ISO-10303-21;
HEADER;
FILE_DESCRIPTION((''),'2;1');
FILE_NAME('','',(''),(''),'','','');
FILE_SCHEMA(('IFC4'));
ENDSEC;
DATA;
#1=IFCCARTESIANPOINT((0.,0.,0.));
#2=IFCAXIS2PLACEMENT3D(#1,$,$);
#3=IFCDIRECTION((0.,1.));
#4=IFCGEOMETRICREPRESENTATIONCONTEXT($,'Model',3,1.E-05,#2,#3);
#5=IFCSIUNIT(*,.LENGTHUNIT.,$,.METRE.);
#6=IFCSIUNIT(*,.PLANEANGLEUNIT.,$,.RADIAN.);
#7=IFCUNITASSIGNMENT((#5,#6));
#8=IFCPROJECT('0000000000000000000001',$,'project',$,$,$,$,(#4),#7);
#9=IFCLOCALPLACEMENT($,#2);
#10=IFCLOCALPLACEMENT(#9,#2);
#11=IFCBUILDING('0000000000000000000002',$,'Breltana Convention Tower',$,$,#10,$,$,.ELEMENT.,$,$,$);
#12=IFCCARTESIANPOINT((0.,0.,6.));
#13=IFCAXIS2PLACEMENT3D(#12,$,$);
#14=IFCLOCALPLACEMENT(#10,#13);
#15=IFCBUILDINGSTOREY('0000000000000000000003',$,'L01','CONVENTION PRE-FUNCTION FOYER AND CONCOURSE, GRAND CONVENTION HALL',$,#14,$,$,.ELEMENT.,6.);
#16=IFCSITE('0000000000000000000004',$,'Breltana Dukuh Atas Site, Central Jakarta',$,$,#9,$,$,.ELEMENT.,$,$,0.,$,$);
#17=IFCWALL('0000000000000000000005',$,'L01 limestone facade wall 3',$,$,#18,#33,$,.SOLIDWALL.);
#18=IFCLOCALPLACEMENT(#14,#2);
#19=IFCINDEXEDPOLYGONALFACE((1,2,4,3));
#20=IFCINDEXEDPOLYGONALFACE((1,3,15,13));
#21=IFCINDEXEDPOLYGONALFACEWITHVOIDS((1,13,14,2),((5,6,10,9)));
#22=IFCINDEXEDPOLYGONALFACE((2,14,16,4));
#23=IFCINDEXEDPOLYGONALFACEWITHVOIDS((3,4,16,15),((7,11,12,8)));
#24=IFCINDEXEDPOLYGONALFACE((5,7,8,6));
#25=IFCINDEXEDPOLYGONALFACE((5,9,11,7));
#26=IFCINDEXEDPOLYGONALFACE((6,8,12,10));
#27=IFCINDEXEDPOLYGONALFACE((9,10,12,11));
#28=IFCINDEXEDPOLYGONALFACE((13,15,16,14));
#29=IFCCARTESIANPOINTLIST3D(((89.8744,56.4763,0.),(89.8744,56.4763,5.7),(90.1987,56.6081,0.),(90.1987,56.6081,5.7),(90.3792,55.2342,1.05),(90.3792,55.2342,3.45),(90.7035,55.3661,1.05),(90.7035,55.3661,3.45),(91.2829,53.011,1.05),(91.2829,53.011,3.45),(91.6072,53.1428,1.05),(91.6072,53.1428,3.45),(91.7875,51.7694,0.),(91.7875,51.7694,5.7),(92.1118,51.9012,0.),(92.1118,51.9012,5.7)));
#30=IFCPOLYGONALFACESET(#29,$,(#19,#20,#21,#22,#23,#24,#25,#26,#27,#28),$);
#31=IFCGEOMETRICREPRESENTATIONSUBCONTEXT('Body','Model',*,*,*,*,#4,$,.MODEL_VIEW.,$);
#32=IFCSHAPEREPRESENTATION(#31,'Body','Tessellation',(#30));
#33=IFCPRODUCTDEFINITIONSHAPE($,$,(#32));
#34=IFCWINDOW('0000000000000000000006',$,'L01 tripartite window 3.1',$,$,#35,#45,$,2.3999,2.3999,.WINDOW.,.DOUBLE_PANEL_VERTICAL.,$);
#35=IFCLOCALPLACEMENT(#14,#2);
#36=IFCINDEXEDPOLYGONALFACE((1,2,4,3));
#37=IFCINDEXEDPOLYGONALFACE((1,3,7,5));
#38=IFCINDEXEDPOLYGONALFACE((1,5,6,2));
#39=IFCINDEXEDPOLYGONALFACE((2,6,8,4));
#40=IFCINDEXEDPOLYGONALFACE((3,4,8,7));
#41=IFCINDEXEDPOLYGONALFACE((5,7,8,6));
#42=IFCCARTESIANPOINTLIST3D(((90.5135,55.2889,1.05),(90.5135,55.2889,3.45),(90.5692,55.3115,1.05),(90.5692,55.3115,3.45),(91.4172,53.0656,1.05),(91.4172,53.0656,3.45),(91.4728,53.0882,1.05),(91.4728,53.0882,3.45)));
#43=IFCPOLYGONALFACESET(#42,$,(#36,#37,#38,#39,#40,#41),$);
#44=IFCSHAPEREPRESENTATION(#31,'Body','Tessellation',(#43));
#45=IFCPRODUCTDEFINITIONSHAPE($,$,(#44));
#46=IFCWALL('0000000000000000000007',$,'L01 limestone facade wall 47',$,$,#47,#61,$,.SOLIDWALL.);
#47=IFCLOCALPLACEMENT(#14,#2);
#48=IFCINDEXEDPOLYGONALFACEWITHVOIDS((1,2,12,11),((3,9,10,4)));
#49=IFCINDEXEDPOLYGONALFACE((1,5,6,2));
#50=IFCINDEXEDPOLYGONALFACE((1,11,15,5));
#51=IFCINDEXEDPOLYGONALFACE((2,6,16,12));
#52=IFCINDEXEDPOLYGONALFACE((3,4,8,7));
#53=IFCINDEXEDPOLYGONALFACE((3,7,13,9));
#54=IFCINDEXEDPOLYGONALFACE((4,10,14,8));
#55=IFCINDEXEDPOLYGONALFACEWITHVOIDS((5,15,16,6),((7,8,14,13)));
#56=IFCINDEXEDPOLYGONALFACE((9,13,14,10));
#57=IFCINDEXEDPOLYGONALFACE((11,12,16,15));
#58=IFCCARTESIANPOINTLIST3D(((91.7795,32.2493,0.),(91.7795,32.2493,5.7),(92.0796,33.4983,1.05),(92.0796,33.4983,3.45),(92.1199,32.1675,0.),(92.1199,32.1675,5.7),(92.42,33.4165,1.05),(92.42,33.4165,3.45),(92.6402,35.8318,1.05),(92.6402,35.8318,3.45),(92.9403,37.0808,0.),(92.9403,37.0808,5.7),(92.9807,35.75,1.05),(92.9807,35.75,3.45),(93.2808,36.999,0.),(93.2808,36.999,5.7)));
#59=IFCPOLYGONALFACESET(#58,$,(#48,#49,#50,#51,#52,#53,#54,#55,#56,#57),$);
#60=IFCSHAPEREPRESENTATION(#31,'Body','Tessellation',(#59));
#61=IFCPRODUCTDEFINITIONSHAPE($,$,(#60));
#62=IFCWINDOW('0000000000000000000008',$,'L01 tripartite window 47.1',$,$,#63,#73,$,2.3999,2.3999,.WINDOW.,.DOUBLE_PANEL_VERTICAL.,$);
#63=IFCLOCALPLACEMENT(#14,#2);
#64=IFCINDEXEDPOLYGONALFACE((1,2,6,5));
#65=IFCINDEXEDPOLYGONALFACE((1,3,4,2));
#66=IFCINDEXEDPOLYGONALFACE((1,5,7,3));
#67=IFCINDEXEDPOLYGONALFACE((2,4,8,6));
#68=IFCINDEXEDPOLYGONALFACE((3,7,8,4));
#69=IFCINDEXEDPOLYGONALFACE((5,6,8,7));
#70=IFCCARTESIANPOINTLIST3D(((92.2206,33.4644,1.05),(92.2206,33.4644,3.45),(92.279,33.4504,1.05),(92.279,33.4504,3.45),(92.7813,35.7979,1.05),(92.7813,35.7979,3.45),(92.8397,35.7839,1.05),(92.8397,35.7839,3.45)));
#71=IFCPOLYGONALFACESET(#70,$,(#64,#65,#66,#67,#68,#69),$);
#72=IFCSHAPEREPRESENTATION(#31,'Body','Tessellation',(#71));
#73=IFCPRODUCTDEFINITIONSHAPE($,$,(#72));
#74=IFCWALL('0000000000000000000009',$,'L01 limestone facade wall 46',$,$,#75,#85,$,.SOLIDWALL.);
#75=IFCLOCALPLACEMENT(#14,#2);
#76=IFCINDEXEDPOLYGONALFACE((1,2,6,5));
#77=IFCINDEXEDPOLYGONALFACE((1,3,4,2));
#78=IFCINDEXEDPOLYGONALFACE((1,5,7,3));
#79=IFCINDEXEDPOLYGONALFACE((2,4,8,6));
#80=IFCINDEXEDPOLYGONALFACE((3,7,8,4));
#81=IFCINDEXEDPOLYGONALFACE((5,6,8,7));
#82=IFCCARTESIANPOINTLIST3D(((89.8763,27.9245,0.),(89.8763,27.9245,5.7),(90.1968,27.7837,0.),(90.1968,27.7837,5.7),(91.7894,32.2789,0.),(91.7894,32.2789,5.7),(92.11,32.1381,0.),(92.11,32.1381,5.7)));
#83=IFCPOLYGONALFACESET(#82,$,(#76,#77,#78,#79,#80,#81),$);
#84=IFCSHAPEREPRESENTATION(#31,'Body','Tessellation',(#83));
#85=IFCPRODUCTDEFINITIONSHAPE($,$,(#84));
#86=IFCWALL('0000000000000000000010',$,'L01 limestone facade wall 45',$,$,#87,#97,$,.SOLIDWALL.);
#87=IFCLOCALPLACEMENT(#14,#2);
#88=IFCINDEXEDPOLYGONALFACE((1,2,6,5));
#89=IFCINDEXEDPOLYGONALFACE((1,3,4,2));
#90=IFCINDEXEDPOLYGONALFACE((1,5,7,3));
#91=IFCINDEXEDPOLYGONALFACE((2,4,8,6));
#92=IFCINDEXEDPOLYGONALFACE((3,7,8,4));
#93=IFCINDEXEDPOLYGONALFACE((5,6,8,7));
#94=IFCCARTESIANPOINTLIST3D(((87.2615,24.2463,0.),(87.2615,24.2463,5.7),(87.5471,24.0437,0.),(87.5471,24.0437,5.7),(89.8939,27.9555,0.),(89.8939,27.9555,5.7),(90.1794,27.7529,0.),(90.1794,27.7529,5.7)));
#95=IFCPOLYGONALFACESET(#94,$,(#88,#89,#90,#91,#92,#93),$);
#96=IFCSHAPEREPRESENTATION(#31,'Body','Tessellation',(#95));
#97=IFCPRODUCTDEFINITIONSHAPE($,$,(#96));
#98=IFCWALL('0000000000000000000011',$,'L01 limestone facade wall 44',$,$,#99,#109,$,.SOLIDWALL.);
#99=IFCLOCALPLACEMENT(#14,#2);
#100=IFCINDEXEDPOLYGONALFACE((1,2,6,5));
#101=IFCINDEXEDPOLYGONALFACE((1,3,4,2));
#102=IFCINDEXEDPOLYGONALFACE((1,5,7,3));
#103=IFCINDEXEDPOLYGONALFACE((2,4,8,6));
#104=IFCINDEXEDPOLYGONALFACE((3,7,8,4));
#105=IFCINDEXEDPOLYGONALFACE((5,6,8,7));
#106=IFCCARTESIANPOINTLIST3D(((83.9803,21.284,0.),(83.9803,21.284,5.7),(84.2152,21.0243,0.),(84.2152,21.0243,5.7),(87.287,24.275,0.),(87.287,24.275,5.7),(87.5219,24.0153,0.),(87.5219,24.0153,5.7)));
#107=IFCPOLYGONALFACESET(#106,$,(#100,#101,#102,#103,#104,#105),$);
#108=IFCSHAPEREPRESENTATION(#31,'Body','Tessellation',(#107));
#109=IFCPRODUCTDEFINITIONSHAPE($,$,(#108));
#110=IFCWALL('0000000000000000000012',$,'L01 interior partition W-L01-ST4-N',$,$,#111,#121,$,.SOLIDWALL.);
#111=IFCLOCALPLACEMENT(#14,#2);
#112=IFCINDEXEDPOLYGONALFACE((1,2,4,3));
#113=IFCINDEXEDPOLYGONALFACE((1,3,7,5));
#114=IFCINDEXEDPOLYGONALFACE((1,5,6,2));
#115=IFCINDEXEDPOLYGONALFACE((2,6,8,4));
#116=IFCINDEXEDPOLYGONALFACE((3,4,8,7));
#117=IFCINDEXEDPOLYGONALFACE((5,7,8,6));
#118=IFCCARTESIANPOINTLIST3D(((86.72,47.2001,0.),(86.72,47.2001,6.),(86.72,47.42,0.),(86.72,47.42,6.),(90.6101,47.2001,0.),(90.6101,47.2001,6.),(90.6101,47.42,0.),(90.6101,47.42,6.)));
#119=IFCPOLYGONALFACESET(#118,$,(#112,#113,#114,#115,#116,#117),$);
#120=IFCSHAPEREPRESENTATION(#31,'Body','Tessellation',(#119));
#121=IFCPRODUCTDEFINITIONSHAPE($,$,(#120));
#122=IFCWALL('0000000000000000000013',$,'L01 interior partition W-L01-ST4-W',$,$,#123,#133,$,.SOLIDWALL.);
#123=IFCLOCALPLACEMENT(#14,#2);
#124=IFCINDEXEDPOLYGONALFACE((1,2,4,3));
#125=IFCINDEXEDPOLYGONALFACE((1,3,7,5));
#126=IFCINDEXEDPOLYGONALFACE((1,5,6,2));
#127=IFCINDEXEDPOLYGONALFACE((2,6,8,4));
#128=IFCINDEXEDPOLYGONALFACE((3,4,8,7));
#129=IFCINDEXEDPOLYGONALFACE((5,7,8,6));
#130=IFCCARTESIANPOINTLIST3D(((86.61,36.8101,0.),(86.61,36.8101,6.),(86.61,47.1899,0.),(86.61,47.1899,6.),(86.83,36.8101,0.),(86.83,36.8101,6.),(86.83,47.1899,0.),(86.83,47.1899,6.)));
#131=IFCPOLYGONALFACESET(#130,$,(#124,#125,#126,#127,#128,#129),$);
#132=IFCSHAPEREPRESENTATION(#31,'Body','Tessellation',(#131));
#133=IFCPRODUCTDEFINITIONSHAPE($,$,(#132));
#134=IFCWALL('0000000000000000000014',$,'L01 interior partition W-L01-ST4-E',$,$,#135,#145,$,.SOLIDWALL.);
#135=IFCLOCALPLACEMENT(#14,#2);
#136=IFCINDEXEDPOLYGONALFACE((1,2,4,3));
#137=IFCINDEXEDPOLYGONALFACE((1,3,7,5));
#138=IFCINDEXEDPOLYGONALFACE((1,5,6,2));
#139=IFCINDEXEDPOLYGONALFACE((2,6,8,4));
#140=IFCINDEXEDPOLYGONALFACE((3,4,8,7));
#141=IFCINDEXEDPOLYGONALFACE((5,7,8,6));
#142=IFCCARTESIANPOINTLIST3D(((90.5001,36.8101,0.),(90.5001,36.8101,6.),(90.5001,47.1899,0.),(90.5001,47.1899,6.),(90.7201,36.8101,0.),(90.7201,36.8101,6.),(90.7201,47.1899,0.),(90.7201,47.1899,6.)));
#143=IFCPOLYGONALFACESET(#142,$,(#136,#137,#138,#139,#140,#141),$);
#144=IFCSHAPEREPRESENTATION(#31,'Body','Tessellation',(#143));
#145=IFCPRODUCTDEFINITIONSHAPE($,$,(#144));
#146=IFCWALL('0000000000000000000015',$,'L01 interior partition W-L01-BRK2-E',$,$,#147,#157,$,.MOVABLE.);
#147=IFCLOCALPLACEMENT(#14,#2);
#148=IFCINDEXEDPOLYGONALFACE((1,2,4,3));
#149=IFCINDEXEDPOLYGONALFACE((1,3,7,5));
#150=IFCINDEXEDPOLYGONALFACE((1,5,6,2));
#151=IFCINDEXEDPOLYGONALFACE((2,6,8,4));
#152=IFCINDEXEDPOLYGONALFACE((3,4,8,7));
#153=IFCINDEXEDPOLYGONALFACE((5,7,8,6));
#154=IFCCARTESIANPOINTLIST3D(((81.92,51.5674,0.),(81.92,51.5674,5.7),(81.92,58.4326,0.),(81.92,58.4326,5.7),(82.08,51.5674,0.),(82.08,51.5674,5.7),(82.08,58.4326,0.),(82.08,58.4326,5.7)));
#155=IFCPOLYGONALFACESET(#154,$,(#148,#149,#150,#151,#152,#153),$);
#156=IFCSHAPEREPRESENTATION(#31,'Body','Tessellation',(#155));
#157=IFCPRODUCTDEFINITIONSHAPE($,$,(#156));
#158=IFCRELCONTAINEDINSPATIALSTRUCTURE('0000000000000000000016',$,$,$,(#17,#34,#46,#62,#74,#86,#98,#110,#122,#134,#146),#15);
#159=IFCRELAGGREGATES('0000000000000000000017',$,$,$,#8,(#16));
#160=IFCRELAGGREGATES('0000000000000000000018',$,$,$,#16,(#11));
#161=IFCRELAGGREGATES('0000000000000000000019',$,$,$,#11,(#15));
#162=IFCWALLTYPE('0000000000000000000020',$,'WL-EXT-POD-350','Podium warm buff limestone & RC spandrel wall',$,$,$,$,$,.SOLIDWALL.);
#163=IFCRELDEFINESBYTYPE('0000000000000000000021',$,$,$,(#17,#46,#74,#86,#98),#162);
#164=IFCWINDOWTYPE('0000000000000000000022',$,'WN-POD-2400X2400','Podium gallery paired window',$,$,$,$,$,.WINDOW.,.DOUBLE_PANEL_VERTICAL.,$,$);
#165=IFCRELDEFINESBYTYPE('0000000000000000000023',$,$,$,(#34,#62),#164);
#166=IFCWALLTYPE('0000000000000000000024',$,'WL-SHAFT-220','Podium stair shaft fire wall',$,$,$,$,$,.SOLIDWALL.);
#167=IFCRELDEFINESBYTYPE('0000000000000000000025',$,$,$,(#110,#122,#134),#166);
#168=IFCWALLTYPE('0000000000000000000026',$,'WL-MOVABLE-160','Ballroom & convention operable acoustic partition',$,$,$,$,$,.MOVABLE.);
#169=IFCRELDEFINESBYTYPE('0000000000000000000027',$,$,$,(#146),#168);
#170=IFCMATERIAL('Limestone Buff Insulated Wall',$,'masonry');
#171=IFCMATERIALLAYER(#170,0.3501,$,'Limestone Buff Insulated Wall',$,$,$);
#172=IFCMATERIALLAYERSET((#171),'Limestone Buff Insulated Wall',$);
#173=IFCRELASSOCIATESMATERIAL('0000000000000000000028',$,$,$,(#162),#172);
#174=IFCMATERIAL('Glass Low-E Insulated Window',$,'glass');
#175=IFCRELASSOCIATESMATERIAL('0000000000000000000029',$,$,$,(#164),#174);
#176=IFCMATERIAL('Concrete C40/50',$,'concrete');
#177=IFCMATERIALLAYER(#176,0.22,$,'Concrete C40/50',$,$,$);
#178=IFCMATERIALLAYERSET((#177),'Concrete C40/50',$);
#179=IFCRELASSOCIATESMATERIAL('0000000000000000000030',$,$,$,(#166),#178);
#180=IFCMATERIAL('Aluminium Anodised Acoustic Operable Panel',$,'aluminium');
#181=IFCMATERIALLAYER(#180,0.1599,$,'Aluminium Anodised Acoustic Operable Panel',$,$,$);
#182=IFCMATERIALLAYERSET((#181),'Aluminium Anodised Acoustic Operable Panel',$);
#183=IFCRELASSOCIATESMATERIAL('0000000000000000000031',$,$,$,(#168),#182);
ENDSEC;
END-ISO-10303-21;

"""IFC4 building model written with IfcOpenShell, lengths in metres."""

from ifc_helpers import new_model, si_unit, direction, frame, frame_2d, origin, place, context, subcontext, project, spatial, rectangle, extrude, source, transform, mapped, material, layer, layer_set, type_object, type_shapes, element, fill, save


model = new_model("IFC4")

# Units and contexts
model_context = context("Model", 3, precision=1e-05, world=origin(), true_north=direction((0.0, 1.0)))
body_context = subcontext(model_context, "Body", "Model", "MODEL_VIEW")
ifc_project = project(units=[si_unit("LENGTHUNIT", "METRE"), si_unit("PLANEANGLEUNIT", "RADIAN")], contexts=[model_context])

# Site, building, storey
site_placement = place(None, origin())
site = spatial("IfcSite", under=ifc_project, at=site_placement, Name="Breltana Dukuh Atas Site, Central Jakarta", CompositionType="ELEMENT", RefElevation=0.0)
building_placement = place(site_placement, origin())
building = spatial("IfcBuilding", under=site, at=building_placement, Name="Breltana Convention Tower", CompositionType="ELEMENT")
storey_placement = place(building_placement, frame((0.0, 0.0, 6.0)))
storey = spatial("IfcBuildingStorey", under=building, at=storey_placement, Name="L01", Description="CONVENTION PRE-FUNCTION FOYER AND CONCOURSE, GRAND CONVENTION HALL", CompositionType="ELEMENT", Elevation=6.0)

# Shared definitions
ifc_material_1 = material(Name="Limestone Buff Insulated Wall", Category="masonry")
ifc_layer_1 = layer(ifc_material_1, 0.3501, Name="Limestone Buff Insulated Wall")
ifc_layer_set_1 = layer_set([ifc_layer_1], Name="Limestone Buff Insulated Wall")
wall_type_1 = type_object("IfcWallType", Name="WL-EXT-POD-350", Description="Podium warm buff limestone & RC spandrel wall", PredefinedType="SOLIDWALL", material=ifc_layer_set_1)
ifc_material_2 = material(Name="Glass Low-E Insulated Window", Category="glass")
window_type = type_object("IfcWindowType", Name="WN-POD-2400X2400", Description="Podium gallery paired window", PartitioningType="DOUBLE_PANEL_VERTICAL", PredefinedType="WINDOW", material=ifc_material_2)
shared_shape_1 = source(origin(), body_context, "Body", "SweptSolid", [
    extrude(rectangle(XDim=2.3999, YDim=2.3999, at=frame_2d((1.2, 1.2))), frame((0.0, 0.03, 0.0), z_axis=(0.0, -1.0, 0.0), x_axis=(1.0, 0.0, 0.0)), (0.0, 0.0, 1.0), 0.0601),
])
type_shapes(window_type, [shared_shape_1])

# Walls, openings, windows
shared_shape_2 = source(origin(), body_context, "Body", "SweptSolid", [
    extrude(rectangle(XDim=5.0808, YDim=0.3501, at=frame_2d((2.5405, 0.0))), origin(), (0.0, 0.0, 1.0), 5.7),
])
wall_1_placement = place(storey_placement, frame((91.9497, 51.8352, 0.0), z_axis=(0.0, 0.0, 1.0), x_axis=(-0.376538, 0.926401, 0.0)))
wall_1 = element("IfcWall", 1, at=wall_1_placement, inside=storey, type_object=wall_type_1, Name="L01 limestone facade wall 3", PredefinedType="SOLIDWALL", context=body_context, shape_type="MappedRepresentation", body=[
    mapped(shared_shape_2, transform((0.0, 0.0, 0.0), scale=1.0)),
])
opening_1_placement = place(wall_1_placement, frame((1.3403, 0.0, 1.05)))
opening_1 = element("IfcOpeningElement", 2, at=opening_1_placement, cuts=wall_1, PredefinedType="OPENING", context=body_context, shape_type="SweptSolid", body=[
    extrude(rectangle(XDim=2.3999, YDim=2.3999, at=frame_2d((1.2, 1.2))), frame((0.0, 0.1851, 0.0), z_axis=(0.0, -1.0, 0.0), x_axis=(1.0, 0.0, 0.0)), (0.0, 0.0, 1.0), 0.3701),
])
window_1_placement = place(opening_1_placement, origin())
window_1 = element("IfcWindow", 3, at=window_1_placement, inside=storey, type_object=window_type, Name="L01 tripartite window 3.1", OverallHeight=2.3999, OverallWidth=2.3999, PartitioningType="DOUBLE_PANEL_VERTICAL", PredefinedType="WINDOW", context=body_context, shape_type="MappedRepresentation", body=[
    mapped(shared_shape_1, transform((0.0, 0.0, 0.0), scale=1.0)),
])
fill(opening_1, window_1)
shared_shape_3 = source(origin(), body_context, "Body", "SweptSolid", [
    extrude(rectangle(XDim=4.969, YDim=0.3501, at=frame_2d((2.4844, 0.0))), origin(), (0.0, 0.0, 1.0), 5.7),
])
wall_2_placement = place(storey_placement, frame((91.9497, 32.2085, 0.0), z_axis=(0.0, 0.0, 1.0), x_axis=(0.233624, 0.972327, 0.0)))
wall_2 = element("IfcWall", 4, at=wall_2_placement, inside=storey, type_object=wall_type_1, Name="L01 limestone facade wall 47", PredefinedType="SOLIDWALL", context=body_context, shape_type="MappedRepresentation", body=[
    mapped(shared_shape_3, transform((0.0, 0.0, 0.0), scale=1.0)),
])
opening_2_placement = place(wall_2_placement, frame((1.2844, 0.0, 1.05)))
opening_2 = element("IfcOpeningElement", 5, at=opening_2_placement, cuts=wall_2, PredefinedType="OPENING", context=body_context, shape_type="SweptSolid", body=[
    extrude(rectangle(XDim=2.3999, YDim=2.3999, at=frame_2d((1.2, 1.2))), frame((0.0, 0.1851, 0.0), z_axis=(0.0, -1.0, 0.0), x_axis=(1.0, 0.0, 0.0)), (0.0, 0.0, 1.0), 0.3701),
])
window_2_placement = place(opening_2_placement, origin())
window_2 = element("IfcWindow", 6, at=window_2_placement, inside=storey, type_object=window_type, Name="L01 tripartite window 47.1", OverallHeight=2.3999, OverallWidth=2.3999, PartitioningType="DOUBLE_PANEL_VERTICAL", PredefinedType="WINDOW", context=body_context, shape_type="MappedRepresentation", body=[
    mapped(shared_shape_1, transform((0.0, 0.0, 0.0), scale=1.0)),
])
fill(opening_2, window_2)

# Walls
shared_shape_4 = source(origin(), body_context, "Body", "SweptSolid", [
    extrude(rectangle(XDim=4.7561, YDim=0.3501, at=frame_2d((2.3779, 0.0))), origin(), (0.0, 0.0, 1.0), 5.7),
])
wall_3_placement = place(storey_placement, frame((90.0366, 27.8542, 0.0), z_axis=(0.0, 0.0, 1.0), x_axis=(0.402248, 0.915531, 0.0)))
element("IfcWall", 7, at=wall_3_placement, inside=storey, type_object=wall_type_1, Name="L01 limestone facade wall 46", PredefinedType="SOLIDWALL", context=body_context, shape_type="MappedRepresentation", body=[
    mapped(shared_shape_4, transform((0.0, 0.0, 0.0), scale=1.0)),
])
shared_shape_5 = source(origin(), body_context, "Body", "SweptSolid", [
    extrude(rectangle(XDim=4.5483, YDim=0.3501, at=frame_2d((2.2742, 0.0))), origin(), (0.0, 0.0, 1.0), 5.7),
])
wall_4_placement = place(storey_placement, frame((87.4043, 24.145, 0.0), z_axis=(0.0, 0.0, 1.0), x_axis=(0.578742, 0.81551, 0.0)))
element("IfcWall", 8, at=wall_4_placement, inside=storey, type_object=wall_type_1, Name="L01 limestone facade wall 45", PredefinedType="SOLIDWALL", context=body_context, shape_type="MappedRepresentation", body=[
    mapped(shared_shape_5, transform((0.0, 0.0, 0.0), scale=1.0)),
])
shared_shape_6 = source(origin(), body_context, "Body", "SweptSolid", [
    extrude(rectangle(XDim=4.4587, YDim=0.3501, at=frame_2d((2.2295, 0.0))), origin(), (0.0, 0.0, 1.0), 5.7),
])
wall_5_placement = place(storey_placement, frame((84.0977, 21.1541, 0.0), z_axis=(0.0, 0.0, 1.0), x_axis=(0.74162, 0.67082, 0.0)))
element("IfcWall", 9, at=wall_5_placement, inside=storey, type_object=wall_type_1, Name="L01 limestone facade wall 44", PredefinedType="SOLIDWALL", context=body_context, shape_type="MappedRepresentation", body=[
    mapped(shared_shape_6, transform((0.0, 0.0, 0.0), scale=1.0)),
])

# Shared definitions
ifc_material_3 = material(Name="Concrete C40/50", Category="concrete")
ifc_layer_2 = layer(ifc_material_3, 0.22, Name="Concrete C40/50")
ifc_layer_set_2 = layer_set([ifc_layer_2], Name="Concrete C40/50")
wall_type_2 = type_object("IfcWallType", Name="WL-SHAFT-220", Description="Podium stair shaft fire wall", PredefinedType="SOLIDWALL", material=ifc_layer_set_2)
shared_shape_7 = source(origin(), body_context, "Body", "SweptSolid", [
    extrude(rectangle(XDim=3.8901, YDim=0.22, at=frame_2d((1.9451, 0.0))), origin(), (0.0, 0.0, 1.0), 6.0),
])

# Walls
wall_6_placement = place(storey_placement, frame((86.72, 47.3101, 0.0), z_axis=(0.0, 0.0, 1.0), x_axis=(1.0, 0.0, 0.0)))
element("IfcWall", 10, at=wall_6_placement, inside=storey, type_object=wall_type_2, Name="L01 interior partition W-L01-ST4-N", PredefinedType="SOLIDWALL", context=body_context, shape_type="MappedRepresentation", body=[
    mapped(shared_shape_7, transform((0.0, 0.0, 0.0), scale=1.0)),
])
shared_shape_8 = source(origin(), body_context, "Body", "SweptSolid", [
    extrude(rectangle(XDim=10.3799, YDim=0.22, at=frame_2d((5.1899, 0.0))), origin(), (0.0, 0.0, 1.0), 6.0),
])
for number, where, z_axis, x_axis, name in (
    (11, (86.72, 36.8101, 0.0), (0.0, 0.0, 1.0), (0.0, 1.0, 0.0), "L01 interior partition W-L01-ST4-W"),
    (12, (90.6101, 36.8101, 0.0), (0.0, 0.0, 1.0), (0.0, 1.0, 0.0), "L01 interior partition W-L01-ST4-E"),
):
    element("IfcWall", number, at=place(storey_placement, frame(where, z_axis=z_axis, x_axis=x_axis)), inside=storey, type_object=wall_type_2, Name=name, PredefinedType="SOLIDWALL", context=body_context, shape_type="MappedRepresentation", body=[
        mapped(shared_shape_8, transform((0.0, 0.0, 0.0), scale=1.0)),
    ])
ifc_material_4 = material(Name="Aluminium Anodised Acoustic Operable Panel", Category="aluminium")
ifc_layer_3 = layer(ifc_material_4, 0.1599, Name="Aluminium Anodised Acoustic Operable Panel")
ifc_layer_set_3 = layer_set([ifc_layer_3], Name="Aluminium Anodised Acoustic Operable Panel")
wall_type_3 = type_object("IfcWallType", Name="WL-MOVABLE-160", Description="Ballroom & convention operable acoustic partition", PredefinedType="MOVABLE", material=ifc_layer_set_3)
shared_shape_9 = source(origin(), body_context, "Body", "SweptSolid", [
    extrude(rectangle(XDim=6.8652, YDim=0.1599, at=frame_2d((3.4326, 0.0))), origin(), (0.0, 0.0, 1.0), 5.7),
])
wall_7_placement = place(storey_placement, frame((82.0, 51.5674, 0.0), z_axis=(0.0, 0.0, 1.0), x_axis=(0.0, 1.0, 0.0)))
element("IfcWall", 13, at=wall_7_placement, inside=storey, type_object=wall_type_3, Name="L01 interior partition W-L01-BRK2-E", PredefinedType="MOVABLE", context=body_context, shape_type="MappedRepresentation", body=[
    mapped(shared_shape_9, transform((0.0, 0.0, 0.0), scale=1.0)),
])

save(model, "model.ifc")
